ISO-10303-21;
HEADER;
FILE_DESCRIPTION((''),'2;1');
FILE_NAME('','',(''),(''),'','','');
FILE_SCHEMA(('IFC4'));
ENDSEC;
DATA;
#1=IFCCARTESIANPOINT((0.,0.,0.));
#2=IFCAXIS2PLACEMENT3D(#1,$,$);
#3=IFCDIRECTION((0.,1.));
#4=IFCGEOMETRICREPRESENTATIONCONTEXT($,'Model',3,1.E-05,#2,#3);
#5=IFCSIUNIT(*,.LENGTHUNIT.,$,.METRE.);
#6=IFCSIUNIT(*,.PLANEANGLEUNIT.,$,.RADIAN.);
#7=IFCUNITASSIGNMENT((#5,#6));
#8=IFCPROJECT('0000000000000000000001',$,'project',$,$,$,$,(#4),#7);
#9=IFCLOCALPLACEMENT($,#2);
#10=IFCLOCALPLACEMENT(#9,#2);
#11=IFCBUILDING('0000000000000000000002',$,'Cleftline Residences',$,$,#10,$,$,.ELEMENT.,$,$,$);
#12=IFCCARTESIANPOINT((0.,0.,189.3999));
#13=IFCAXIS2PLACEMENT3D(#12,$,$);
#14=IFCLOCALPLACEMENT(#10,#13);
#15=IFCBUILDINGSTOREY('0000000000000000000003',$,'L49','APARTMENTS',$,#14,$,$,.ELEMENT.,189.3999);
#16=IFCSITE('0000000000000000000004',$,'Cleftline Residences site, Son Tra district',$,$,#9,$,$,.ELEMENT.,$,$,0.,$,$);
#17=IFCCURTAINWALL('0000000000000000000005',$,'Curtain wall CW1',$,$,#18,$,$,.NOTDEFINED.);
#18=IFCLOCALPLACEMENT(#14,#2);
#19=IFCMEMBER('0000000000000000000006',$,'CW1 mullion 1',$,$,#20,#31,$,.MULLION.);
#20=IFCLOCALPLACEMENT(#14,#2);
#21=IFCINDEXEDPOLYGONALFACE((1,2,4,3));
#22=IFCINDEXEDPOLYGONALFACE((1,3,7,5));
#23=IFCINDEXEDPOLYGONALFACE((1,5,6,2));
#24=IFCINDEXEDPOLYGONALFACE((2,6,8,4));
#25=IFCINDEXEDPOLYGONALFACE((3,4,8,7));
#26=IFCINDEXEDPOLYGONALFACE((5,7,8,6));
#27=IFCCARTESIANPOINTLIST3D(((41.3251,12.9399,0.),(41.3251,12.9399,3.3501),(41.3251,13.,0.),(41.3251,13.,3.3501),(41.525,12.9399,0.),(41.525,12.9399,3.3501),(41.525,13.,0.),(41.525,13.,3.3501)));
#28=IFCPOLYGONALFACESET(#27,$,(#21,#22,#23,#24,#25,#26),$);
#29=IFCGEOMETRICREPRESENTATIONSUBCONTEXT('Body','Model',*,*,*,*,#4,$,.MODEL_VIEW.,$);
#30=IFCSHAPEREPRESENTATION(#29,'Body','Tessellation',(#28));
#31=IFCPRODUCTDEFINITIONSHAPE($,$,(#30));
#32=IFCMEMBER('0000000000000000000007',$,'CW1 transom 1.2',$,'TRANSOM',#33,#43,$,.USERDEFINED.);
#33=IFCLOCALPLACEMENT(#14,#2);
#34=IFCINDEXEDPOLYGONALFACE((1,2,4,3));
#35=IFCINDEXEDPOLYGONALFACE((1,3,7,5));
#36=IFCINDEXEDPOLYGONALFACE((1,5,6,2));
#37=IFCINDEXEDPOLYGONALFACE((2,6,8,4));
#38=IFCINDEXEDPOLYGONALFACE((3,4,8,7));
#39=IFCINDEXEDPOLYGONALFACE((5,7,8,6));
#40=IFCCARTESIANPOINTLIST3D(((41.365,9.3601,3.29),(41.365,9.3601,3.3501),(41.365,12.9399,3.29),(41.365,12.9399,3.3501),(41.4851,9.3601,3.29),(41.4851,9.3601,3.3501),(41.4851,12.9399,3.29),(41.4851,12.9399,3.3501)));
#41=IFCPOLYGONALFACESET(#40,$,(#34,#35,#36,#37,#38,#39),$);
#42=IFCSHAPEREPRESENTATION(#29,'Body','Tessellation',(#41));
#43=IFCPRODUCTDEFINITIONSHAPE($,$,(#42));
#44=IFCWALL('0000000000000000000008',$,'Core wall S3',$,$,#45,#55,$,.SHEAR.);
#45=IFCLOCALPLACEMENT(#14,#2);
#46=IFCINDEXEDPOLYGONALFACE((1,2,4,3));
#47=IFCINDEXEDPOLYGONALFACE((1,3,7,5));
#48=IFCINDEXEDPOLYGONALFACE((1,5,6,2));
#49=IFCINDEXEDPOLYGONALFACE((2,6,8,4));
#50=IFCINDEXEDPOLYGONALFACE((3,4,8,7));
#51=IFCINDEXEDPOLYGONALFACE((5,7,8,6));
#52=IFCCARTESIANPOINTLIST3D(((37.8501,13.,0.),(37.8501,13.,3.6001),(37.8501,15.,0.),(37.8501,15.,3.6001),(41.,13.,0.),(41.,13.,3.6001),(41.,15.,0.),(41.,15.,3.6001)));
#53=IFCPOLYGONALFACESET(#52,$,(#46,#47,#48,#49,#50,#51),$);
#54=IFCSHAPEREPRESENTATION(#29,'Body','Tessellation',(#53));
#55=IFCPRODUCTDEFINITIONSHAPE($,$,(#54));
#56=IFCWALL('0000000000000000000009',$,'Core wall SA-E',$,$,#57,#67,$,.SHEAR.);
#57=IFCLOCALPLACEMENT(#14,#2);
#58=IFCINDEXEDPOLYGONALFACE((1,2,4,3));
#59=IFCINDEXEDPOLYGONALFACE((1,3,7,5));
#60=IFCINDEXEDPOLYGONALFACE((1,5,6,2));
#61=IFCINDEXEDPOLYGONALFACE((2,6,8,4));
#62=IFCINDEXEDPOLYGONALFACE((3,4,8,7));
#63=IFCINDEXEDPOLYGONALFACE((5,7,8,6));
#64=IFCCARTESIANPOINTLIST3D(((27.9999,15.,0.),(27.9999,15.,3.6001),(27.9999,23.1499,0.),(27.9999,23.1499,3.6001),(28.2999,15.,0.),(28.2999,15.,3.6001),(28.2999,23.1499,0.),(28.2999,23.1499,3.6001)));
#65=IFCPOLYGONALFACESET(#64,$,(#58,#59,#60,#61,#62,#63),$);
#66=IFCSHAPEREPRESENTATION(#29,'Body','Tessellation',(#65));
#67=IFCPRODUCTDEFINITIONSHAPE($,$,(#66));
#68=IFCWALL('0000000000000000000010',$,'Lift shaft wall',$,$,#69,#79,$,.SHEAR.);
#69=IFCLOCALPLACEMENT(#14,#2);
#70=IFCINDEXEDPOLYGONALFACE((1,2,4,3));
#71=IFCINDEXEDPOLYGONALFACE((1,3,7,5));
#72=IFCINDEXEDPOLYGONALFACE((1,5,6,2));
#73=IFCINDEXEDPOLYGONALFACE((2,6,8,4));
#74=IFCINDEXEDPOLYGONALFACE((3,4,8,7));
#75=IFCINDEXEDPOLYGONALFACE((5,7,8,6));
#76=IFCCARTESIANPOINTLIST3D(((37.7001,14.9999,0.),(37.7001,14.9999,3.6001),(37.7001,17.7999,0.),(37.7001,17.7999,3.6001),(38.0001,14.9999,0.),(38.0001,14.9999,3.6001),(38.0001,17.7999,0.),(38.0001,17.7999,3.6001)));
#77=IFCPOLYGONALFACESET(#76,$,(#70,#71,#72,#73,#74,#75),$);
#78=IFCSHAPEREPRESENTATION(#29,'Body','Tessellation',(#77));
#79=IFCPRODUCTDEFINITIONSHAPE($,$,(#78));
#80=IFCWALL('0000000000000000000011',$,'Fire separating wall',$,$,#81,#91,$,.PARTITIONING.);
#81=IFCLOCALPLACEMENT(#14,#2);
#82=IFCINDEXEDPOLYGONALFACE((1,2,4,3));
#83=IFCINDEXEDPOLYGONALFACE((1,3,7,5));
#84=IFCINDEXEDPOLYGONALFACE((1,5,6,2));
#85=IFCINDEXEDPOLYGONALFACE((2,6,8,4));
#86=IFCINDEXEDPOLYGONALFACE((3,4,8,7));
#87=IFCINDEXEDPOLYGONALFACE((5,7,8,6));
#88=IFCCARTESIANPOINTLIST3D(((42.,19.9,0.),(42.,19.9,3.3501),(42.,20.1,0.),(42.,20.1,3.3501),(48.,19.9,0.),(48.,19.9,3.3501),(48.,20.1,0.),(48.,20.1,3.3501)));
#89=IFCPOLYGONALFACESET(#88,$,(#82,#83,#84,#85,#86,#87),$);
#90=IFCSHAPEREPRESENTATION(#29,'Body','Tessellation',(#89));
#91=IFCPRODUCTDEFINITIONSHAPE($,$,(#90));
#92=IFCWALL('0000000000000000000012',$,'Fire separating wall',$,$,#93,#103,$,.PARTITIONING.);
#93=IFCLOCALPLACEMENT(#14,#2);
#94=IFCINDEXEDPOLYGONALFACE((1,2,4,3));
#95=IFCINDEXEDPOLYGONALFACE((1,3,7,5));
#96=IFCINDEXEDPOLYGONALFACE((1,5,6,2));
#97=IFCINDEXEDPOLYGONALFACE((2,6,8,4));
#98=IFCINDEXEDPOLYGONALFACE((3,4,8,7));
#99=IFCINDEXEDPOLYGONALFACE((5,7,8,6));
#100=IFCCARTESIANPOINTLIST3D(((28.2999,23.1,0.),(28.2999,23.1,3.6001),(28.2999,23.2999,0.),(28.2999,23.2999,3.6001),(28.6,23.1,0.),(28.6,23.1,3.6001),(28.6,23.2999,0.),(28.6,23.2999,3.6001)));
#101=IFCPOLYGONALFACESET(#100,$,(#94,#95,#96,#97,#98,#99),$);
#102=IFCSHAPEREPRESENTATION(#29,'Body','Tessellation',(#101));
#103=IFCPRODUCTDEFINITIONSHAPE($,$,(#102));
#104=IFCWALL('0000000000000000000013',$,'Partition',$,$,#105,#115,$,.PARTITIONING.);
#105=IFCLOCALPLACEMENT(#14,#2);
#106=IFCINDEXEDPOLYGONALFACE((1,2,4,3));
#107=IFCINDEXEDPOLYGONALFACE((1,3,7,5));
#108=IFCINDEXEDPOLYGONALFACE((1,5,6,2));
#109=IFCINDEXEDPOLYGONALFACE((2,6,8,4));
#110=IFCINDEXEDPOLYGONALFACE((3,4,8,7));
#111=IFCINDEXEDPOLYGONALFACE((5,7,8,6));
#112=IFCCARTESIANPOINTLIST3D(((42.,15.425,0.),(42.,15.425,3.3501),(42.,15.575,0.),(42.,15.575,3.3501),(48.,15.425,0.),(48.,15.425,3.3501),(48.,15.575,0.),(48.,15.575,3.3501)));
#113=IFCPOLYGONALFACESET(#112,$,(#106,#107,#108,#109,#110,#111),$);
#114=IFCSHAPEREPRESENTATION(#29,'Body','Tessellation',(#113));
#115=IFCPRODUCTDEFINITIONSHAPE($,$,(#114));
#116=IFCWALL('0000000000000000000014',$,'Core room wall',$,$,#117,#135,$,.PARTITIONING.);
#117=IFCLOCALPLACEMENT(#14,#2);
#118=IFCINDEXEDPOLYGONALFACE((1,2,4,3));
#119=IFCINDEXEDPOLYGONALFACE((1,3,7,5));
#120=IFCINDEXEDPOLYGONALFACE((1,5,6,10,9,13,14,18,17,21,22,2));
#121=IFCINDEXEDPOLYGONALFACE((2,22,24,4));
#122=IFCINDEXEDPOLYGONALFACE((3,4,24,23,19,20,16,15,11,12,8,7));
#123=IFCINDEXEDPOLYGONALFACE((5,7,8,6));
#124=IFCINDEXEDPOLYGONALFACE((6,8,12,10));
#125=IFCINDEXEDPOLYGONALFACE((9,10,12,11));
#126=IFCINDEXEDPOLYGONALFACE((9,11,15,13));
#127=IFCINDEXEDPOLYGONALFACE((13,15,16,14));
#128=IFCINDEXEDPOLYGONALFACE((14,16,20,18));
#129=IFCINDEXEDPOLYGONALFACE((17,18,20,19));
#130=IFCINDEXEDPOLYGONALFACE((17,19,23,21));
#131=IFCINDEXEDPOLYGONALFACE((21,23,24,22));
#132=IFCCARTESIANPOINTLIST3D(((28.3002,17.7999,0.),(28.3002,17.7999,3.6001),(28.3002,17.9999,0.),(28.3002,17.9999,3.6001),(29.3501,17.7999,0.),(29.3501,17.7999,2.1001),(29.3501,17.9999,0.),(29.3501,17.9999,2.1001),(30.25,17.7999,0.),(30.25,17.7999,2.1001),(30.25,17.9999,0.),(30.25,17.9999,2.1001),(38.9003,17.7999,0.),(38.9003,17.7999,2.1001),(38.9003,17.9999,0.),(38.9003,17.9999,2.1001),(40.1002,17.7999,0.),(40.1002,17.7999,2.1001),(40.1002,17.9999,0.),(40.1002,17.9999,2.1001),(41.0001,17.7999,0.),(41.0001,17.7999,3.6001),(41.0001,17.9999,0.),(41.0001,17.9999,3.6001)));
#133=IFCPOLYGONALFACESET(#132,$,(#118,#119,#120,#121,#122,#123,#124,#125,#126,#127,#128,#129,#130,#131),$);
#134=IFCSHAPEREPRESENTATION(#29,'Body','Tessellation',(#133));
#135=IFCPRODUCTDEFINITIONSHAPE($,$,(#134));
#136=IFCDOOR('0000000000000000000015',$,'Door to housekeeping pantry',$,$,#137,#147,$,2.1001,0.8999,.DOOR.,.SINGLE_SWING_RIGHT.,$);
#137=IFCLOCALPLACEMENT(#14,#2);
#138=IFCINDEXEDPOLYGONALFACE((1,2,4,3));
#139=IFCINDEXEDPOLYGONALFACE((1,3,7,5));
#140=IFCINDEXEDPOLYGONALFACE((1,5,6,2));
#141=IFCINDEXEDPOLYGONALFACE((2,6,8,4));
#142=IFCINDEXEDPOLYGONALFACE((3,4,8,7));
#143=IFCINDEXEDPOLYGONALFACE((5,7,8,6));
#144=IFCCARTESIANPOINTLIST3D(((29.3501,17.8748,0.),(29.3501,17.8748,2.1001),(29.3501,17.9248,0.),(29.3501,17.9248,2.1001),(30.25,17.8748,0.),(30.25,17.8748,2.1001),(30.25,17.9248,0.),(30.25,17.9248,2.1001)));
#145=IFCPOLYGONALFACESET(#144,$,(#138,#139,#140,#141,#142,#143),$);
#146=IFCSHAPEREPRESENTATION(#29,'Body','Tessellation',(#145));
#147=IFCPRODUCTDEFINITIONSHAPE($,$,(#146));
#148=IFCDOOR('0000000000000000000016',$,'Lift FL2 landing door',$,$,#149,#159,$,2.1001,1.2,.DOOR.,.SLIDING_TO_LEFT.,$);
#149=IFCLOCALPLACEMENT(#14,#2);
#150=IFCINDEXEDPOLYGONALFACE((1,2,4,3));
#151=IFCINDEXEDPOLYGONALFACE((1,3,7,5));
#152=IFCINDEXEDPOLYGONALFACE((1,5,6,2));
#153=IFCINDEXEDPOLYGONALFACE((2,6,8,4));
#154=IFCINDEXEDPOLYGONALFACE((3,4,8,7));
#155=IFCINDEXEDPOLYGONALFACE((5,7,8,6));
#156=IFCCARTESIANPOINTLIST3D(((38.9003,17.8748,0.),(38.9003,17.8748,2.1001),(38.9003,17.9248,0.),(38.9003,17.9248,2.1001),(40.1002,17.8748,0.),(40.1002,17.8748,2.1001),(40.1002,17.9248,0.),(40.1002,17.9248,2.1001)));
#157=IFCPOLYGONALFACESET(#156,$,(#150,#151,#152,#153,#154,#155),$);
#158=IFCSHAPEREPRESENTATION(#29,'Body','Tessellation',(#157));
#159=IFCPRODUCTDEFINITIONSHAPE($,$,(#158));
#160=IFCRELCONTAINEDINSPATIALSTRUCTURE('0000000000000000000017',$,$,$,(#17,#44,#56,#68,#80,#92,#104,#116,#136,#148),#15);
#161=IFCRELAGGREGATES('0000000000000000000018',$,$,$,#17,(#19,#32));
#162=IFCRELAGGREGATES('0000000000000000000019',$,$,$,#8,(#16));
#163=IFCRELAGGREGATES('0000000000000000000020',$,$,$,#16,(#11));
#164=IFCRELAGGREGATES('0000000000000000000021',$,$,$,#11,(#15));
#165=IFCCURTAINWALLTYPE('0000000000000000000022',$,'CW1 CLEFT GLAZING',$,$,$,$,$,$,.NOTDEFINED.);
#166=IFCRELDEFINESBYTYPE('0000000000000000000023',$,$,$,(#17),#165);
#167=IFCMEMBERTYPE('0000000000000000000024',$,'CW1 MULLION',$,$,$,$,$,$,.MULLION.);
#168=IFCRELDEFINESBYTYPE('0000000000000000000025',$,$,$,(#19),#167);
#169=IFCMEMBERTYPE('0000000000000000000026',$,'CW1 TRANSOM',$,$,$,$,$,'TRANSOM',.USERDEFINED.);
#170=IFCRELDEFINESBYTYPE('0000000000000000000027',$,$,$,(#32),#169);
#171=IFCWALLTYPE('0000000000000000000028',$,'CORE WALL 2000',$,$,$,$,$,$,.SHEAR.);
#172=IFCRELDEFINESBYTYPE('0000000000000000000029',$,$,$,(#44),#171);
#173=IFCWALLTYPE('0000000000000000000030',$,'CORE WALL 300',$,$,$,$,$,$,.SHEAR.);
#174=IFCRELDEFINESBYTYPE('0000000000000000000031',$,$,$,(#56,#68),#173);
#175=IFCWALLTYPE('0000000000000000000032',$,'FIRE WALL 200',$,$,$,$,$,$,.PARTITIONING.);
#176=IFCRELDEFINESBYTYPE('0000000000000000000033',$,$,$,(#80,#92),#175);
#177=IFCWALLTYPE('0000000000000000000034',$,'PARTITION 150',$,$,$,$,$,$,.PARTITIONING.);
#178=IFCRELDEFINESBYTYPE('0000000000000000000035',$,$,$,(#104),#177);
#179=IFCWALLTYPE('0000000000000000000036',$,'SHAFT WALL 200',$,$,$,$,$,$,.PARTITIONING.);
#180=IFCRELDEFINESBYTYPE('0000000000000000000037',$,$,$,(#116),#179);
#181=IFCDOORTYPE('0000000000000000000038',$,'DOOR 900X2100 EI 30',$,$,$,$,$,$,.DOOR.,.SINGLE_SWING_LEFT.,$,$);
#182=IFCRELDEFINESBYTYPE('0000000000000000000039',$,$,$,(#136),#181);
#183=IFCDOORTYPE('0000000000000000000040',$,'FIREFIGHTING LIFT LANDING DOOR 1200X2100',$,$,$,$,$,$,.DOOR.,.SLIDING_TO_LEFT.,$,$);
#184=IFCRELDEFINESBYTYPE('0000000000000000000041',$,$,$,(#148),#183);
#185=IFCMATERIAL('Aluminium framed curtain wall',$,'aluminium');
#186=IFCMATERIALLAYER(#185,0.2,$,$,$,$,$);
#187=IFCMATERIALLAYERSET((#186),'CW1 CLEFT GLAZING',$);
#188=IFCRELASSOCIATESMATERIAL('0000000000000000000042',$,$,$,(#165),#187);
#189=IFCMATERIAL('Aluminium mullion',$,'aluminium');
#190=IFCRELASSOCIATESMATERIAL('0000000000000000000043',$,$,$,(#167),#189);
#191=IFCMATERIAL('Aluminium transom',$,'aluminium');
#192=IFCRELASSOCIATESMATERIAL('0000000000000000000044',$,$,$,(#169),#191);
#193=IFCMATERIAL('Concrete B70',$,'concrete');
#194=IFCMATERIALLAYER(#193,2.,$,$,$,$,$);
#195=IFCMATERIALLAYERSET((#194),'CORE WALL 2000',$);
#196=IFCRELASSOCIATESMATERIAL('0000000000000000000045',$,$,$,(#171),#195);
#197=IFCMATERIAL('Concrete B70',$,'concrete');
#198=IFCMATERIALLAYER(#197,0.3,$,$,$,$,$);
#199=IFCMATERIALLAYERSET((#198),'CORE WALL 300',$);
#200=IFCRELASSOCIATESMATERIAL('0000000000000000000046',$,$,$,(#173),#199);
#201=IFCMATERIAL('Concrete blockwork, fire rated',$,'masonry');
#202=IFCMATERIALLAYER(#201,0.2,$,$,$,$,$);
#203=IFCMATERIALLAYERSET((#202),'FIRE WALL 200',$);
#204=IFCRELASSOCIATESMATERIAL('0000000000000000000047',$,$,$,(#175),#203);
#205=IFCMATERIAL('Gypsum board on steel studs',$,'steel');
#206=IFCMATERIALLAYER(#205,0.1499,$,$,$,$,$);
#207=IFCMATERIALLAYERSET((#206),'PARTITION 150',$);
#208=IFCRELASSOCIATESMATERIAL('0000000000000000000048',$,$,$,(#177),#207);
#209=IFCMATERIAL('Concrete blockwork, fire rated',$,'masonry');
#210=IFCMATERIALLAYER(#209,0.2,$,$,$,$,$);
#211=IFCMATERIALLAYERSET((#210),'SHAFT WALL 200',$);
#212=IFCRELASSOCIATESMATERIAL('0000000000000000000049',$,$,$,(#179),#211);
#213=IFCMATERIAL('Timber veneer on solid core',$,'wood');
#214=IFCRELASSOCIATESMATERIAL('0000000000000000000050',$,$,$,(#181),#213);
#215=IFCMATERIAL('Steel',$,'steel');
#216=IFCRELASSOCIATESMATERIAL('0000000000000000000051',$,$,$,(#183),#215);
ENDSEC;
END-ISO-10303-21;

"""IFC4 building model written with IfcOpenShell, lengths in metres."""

from ifc_helpers import new_model, si_unit, direction, frame, frame_2d, origin, origin_2d, place, context, subcontext, project, spatial, rectangle, extrude, material, layer, layer_set, material_profile, profile_set, type_object, element, fill, aggregate, save


model = new_model("IFC4")

# Units and contexts
model_context = context("Model", 3, precision=1e-05, world=origin(), true_north=direction((0.0, 1.0)))
body_context = subcontext(model_context, "Body", "Model", "MODEL_VIEW")
ifc_project = project(units=[si_unit("LENGTHUNIT", "METRE"), si_unit("PLANEANGLEUNIT", "RADIAN")], contexts=[model_context])

# Site, building, storey
site_placement = place(None, origin())
site = spatial("IfcSite", under=ifc_project, at=site_placement, Name="Cleftline Residences site, Son Tra district", CompositionType="ELEMENT", RefElevation=0.0)
building_placement = place(site_placement, origin())
building = spatial("IfcBuilding", under=site, at=building_placement, Name="Cleftline Residences", CompositionType="ELEMENT")
storey_placement = place(building_placement, frame((0.0, 0.0, 189.3999)))
storey = spatial("IfcBuildingStorey", under=building, at=storey_placement, Name="L49", Description="APARTMENTS", CompositionType="ELEMENT", Elevation=189.3999)

# Curtain wall, members
ifc_material_1 = material(Name="Aluminium framed curtain wall", Category="aluminium")
ifc_layer_1 = layer(ifc_material_1, 0.2)
ifc_layer_set_1 = layer_set([ifc_layer_1], Name="CW1 CLEFT GLAZING")
curtain_wall_type = type_object("IfcCurtainWallType", Name="CW1 CLEFT GLAZING", PredefinedType="NOTDEFINED", material=ifc_layer_set_1)
curtain_wall_placement = place(storey_placement, origin())
curtain_wall = element("IfcCurtainWall", 1, at=curtain_wall_placement, inside=storey, type_object=curtain_wall_type, Name="Curtain wall CW1", PredefinedType="NOTDEFINED")
ifc_material_2 = material(Name="Aluminium mullion", Category="aluminium")
ifc_material_profile_1 = material_profile(ifc_material_2, rectangle(XDim=0.2, YDim=0.0601, at=origin_2d()))
ifc_profile_set_1 = profile_set([ifc_material_profile_1], Name="Aluminium mullion")
member_type_1 = type_object("IfcMemberType", Name="CW1 MULLION", PredefinedType="MULLION", material=ifc_profile_set_1)
member_1_placement = place(storey_placement, frame((41.425, 12.97, 0.0), z_axis=(0.0, 0.0, 1.0), x_axis=(1.0, 0.0, 0.0)))
member_1 = element("IfcMember", 2, at=member_1_placement, type_object=member_type_1, Name="CW1 mullion 1", PredefinedType="MULLION", context=body_context, shape_type="SweptSolid", body=[
    extrude(rectangle(XDim=0.2, YDim=0.0601, at=origin_2d()), origin(), (0.0, 0.0, 1.0), 3.3501),
])
ifc_material_3 = material(Name="Aluminium transom", Category="aluminium")
ifc_material_profile_2 = material_profile(ifc_material_3, rectangle(XDim=0.1201, YDim=0.0601, at=origin_2d()))
ifc_profile_set_2 = profile_set([ifc_material_profile_2], Name="Aluminium transom")
member_type_2 = type_object("IfcMemberType", Name="CW1 TRANSOM", ElementType="TRANSOM", PredefinedType="USERDEFINED", material=ifc_profile_set_2)
member_2_placement = place(storey_placement, frame((41.425, 12.9399, 3.3201), z_axis=(0.0, -1.0, 0.0), x_axis=(1.0, 0.0, 0.0)))
member_2 = element("IfcMember", 3, at=member_2_placement, type_object=member_type_2, Name="CW1 transom 1.2", ObjectType="TRANSOM", PredefinedType="USERDEFINED", context=body_context, shape_type="SweptSolid", body=[
    extrude(rectangle(XDim=0.1201, YDim=0.0601, at=origin_2d()), origin(), (0.0, 0.0, 1.0), 3.5798),
])
aggregate(curtain_wall, [member_1, member_2])

# Walls
ifc_material_4 = material(Name="Concrete B70", Category="concrete")
ifc_layer_2 = layer(ifc_material_4, 2.0)
ifc_layer_set_2 = layer_set([ifc_layer_2], Name="CORE WALL 2000")
wall_type_1 = type_object("IfcWallType", Name="CORE WALL 2000", PredefinedType="SHEAR", material=ifc_layer_set_2)
wall_1_placement = place(storey_placement, frame((37.8501, 14.0, 0.0), z_axis=(0.0, 0.0, 1.0), x_axis=(1.0, 0.0, 0.0)))
element("IfcWall", 4, at=wall_1_placement, inside=storey, type_object=wall_type_1, Name="Core wall S3", PredefinedType="SHEAR", context=body_context, shape_type="SweptSolid", body=[
    extrude(rectangle(XDim=3.1499, YDim=2.0, at=frame_2d((1.575, 0.0))), origin(), (0.0, 0.0, 1.0), 3.6001),
])
ifc_material_5 = material(Name="Concrete B70", Category="concrete")
ifc_layer_3 = layer(ifc_material_5, 0.3)
ifc_layer_set_3 = layer_set([ifc_layer_3], Name="CORE WALL 300")
wall_type_2 = type_object("IfcWallType", Name="CORE WALL 300", PredefinedType="SHEAR", material=ifc_layer_set_3)
wall_2_placement = place(storey_placement, frame((28.1499, 15.0, 0.0), z_axis=(0.0, 0.0, 1.0), x_axis=(0.0, 1.0, 0.0)))
element("IfcWall", 5, at=wall_2_placement, inside=storey, type_object=wall_type_2, Name="Core wall SA-E", PredefinedType="SHEAR", context=body_context, shape_type="SweptSolid", body=[
    extrude(rectangle(XDim=8.1499, YDim=0.3, at=frame_2d((4.075, 0.0))), origin(), (0.0, 0.0, 1.0), 3.6001),
])
wall_3_placement = place(storey_placement, frame((37.8501, 15.0, 0.0), z_axis=(0.0, 0.0, 1.0), x_axis=(0.0, 1.0, 0.0)))
element("IfcWall", 6, at=wall_3_placement, inside=storey, type_object=wall_type_2, Name="Lift shaft wall", PredefinedType="SHEAR", context=body_context, shape_type="SweptSolid", body=[
    extrude(rectangle(XDim=2.8, YDim=0.3, at=frame_2d((1.3999, 0.0))), origin(), (0.0, 0.0, 1.0), 3.6001),
])
ifc_material_6 = material(Name="Concrete blockwork, fire rated", Category="masonry")
ifc_layer_4 = layer(ifc_material_6, 0.2)
ifc_layer_set_4 = layer_set([ifc_layer_4], Name="FIRE WALL 200")
wall_type_3 = type_object("IfcWallType", Name="FIRE WALL 200", PredefinedType="PARTITIONING", material=ifc_layer_set_4)
wall_4_placement = place(storey_placement, frame((42.0, 20.0, 0.0), z_axis=(0.0, 0.0, 1.0), x_axis=(1.0, 0.0, 0.0)))
element("IfcWall", 7, at=wall_4_placement, inside=storey, type_object=wall_type_3, Name="Fire separating wall", PredefinedType="PARTITIONING", context=body_context, shape_type="SweptSolid", body=[
    extrude(rectangle(XDim=6.0, YDim=0.2, at=frame_2d((3.0, 0.0))), origin(), (0.0, 0.0, 1.0), 3.3501),
])
wall_5_placement = place(storey_placement, frame((28.3, 23.2, 0.0), z_axis=(0.0, 0.0, 1.0), x_axis=(1.0, 0.0, 0.0)))
element("IfcWall", 8, at=wall_5_placement, inside=storey, type_object=wall_type_3, Name="Fire separating wall", PredefinedType="PARTITIONING", context=body_context, shape_type="SweptSolid", body=[
    extrude(rectangle(XDim=0.3, YDim=0.2, at=frame_2d((0.1499, 0.0))), origin(), (0.0, 0.0, 1.0), 3.6001),
])
ifc_material_7 = material(Name="Gypsum board on steel studs", Category="steel")
ifc_layer_5 = layer(ifc_material_7, 0.1499)
ifc_layer_set_5 = layer_set([ifc_layer_5], Name="PARTITION 150")
wall_type_4 = type_object("IfcWallType", Name="PARTITION 150", PredefinedType="PARTITIONING", material=ifc_layer_set_5)
wall_6_placement = place(storey_placement, frame((42.0, 15.5, 0.0), z_axis=(0.0, 0.0, 1.0), x_axis=(1.0, 0.0, 0.0)))
element("IfcWall", 9, at=wall_6_placement, inside=storey, type_object=wall_type_4, Name="Partition", PredefinedType="PARTITIONING", context=body_context, shape_type="SweptSolid", body=[
    extrude(rectangle(XDim=6.0, YDim=0.1499, at=frame_2d((3.0, 0.0))), origin(), (0.0, 0.0, 1.0), 3.3501),
])

# Wall, openings, doors
ifc_material_8 = material(Name="Concrete blockwork, fire rated", Category="masonry")
ifc_layer_6 = layer(ifc_material_8, 0.2)
ifc_layer_set_6 = layer_set([ifc_layer_6], Name="SHAFT WALL 200")
wall_type_5 = type_object("IfcWallType", Name="SHAFT WALL 200", PredefinedType="PARTITIONING", material=ifc_layer_set_6)
wall_7_placement = place(storey_placement, frame((28.3, 17.8999, 0.0), z_axis=(0.0, 0.0, 1.0), x_axis=(1.0, 0.0, 0.0)))
wall_7 = element("IfcWall", 10, at=wall_7_placement, inside=storey, type_object=wall_type_5, Name="Core room wall", PredefinedType="PARTITIONING", context=body_context, shape_type="SweptSolid", body=[
    extrude(rectangle(XDim=12.7, YDim=0.2, at=frame_2d((6.3501, 0.0))), origin(), (0.0, 0.0, 1.0), 3.6001),
])
opening_1_placement = place(wall_7_placement, frame((1.05, 0.0, 0.0)))
opening_1 = element("IfcOpeningElement", 11, at=opening_1_placement, cuts=wall_7, PredefinedType="OPENING", context=body_context, shape_type="SweptSolid", body=[
    extrude(rectangle(XDim=0.8999, YDim=2.1001, at=frame_2d((0.45, 1.05))), frame((0.0, 0.1099, 0.0), z_axis=(0.0, -1.0, 0.0), x_axis=(1.0, 0.0, 0.0)), (0.0, 0.0, 1.0), 0.22),
])
opening_2_placement = place(wall_7_placement, frame((10.6001, 0.0, 0.0)))
opening_2 = element("IfcOpeningElement", 12, at=opening_2_placement, cuts=wall_7, PredefinedType="OPENING", context=body_context, shape_type="SweptSolid", body=[
    extrude(rectangle(XDim=1.2, YDim=2.1001, at=frame_2d((0.6001, 1.05))), frame((0.0, 0.1099, 0.0), z_axis=(0.0, -1.0, 0.0), x_axis=(1.0, 0.0, 0.0)), (0.0, 0.0, 1.0), 0.22),
])
ifc_material_9 = material(Name="Timber veneer on solid core", Category="wood")
door_type_1 = type_object("IfcDoorType", Name="DOOR 900X2100 EI 30", OperationType="SINGLE_SWING_LEFT", PredefinedType="DOOR", material=ifc_material_9)
door_1_placement = place(opening_1_placement, origin())
door_1 = element("IfcDoor", 13, at=door_1_placement, inside=storey, type_object=door_type_1, Name="Door to housekeeping pantry", OperationType="SINGLE_SWING_RIGHT", OverallHeight=2.1001, OverallWidth=0.8999, PredefinedType="DOOR", context=body_context, shape_type="SweptSolid", body=[
    extrude(rectangle(XDim=0.8999, YDim=2.1001, at=frame_2d((0.45, 1.05))), frame((0.0, 0.0249, 0.0), z_axis=(0.0, -1.0, 0.0), x_axis=(1.0, 0.0, 0.0)), (0.0, 0.0, 1.0), 0.05),
])
fill(opening_1, door_1)
ifc_material_10 = material(Name="Steel", Category="steel")
door_type_2 = type_object("IfcDoorType", Name="FIREFIGHTING LIFT LANDING DOOR 1200X2100", OperationType="SLIDING_TO_LEFT", PredefinedType="DOOR", material=ifc_material_10)
door_2_placement = place(opening_2_placement, origin())
door_2 = element("IfcDoor", 14, at=door_2_placement, inside=storey, type_object=door_type_2, Name="Lift FL2 landing door", OperationType="SLIDING_TO_LEFT", OverallHeight=2.1001, OverallWidth=1.2, PredefinedType="DOOR", context=body_context, shape_type="SweptSolid", body=[
    extrude(rectangle(XDim=1.2, YDim=2.1001, at=frame_2d((0.6001, 1.05))), frame((0.0, 0.0249, 0.0), z_axis=(0.0, -1.0, 0.0), x_axis=(1.0, 0.0, 0.0)), (0.0, 0.0, 1.0), 0.05),
])
fill(opening_2, door_2)

save(model, "model.ifc")
